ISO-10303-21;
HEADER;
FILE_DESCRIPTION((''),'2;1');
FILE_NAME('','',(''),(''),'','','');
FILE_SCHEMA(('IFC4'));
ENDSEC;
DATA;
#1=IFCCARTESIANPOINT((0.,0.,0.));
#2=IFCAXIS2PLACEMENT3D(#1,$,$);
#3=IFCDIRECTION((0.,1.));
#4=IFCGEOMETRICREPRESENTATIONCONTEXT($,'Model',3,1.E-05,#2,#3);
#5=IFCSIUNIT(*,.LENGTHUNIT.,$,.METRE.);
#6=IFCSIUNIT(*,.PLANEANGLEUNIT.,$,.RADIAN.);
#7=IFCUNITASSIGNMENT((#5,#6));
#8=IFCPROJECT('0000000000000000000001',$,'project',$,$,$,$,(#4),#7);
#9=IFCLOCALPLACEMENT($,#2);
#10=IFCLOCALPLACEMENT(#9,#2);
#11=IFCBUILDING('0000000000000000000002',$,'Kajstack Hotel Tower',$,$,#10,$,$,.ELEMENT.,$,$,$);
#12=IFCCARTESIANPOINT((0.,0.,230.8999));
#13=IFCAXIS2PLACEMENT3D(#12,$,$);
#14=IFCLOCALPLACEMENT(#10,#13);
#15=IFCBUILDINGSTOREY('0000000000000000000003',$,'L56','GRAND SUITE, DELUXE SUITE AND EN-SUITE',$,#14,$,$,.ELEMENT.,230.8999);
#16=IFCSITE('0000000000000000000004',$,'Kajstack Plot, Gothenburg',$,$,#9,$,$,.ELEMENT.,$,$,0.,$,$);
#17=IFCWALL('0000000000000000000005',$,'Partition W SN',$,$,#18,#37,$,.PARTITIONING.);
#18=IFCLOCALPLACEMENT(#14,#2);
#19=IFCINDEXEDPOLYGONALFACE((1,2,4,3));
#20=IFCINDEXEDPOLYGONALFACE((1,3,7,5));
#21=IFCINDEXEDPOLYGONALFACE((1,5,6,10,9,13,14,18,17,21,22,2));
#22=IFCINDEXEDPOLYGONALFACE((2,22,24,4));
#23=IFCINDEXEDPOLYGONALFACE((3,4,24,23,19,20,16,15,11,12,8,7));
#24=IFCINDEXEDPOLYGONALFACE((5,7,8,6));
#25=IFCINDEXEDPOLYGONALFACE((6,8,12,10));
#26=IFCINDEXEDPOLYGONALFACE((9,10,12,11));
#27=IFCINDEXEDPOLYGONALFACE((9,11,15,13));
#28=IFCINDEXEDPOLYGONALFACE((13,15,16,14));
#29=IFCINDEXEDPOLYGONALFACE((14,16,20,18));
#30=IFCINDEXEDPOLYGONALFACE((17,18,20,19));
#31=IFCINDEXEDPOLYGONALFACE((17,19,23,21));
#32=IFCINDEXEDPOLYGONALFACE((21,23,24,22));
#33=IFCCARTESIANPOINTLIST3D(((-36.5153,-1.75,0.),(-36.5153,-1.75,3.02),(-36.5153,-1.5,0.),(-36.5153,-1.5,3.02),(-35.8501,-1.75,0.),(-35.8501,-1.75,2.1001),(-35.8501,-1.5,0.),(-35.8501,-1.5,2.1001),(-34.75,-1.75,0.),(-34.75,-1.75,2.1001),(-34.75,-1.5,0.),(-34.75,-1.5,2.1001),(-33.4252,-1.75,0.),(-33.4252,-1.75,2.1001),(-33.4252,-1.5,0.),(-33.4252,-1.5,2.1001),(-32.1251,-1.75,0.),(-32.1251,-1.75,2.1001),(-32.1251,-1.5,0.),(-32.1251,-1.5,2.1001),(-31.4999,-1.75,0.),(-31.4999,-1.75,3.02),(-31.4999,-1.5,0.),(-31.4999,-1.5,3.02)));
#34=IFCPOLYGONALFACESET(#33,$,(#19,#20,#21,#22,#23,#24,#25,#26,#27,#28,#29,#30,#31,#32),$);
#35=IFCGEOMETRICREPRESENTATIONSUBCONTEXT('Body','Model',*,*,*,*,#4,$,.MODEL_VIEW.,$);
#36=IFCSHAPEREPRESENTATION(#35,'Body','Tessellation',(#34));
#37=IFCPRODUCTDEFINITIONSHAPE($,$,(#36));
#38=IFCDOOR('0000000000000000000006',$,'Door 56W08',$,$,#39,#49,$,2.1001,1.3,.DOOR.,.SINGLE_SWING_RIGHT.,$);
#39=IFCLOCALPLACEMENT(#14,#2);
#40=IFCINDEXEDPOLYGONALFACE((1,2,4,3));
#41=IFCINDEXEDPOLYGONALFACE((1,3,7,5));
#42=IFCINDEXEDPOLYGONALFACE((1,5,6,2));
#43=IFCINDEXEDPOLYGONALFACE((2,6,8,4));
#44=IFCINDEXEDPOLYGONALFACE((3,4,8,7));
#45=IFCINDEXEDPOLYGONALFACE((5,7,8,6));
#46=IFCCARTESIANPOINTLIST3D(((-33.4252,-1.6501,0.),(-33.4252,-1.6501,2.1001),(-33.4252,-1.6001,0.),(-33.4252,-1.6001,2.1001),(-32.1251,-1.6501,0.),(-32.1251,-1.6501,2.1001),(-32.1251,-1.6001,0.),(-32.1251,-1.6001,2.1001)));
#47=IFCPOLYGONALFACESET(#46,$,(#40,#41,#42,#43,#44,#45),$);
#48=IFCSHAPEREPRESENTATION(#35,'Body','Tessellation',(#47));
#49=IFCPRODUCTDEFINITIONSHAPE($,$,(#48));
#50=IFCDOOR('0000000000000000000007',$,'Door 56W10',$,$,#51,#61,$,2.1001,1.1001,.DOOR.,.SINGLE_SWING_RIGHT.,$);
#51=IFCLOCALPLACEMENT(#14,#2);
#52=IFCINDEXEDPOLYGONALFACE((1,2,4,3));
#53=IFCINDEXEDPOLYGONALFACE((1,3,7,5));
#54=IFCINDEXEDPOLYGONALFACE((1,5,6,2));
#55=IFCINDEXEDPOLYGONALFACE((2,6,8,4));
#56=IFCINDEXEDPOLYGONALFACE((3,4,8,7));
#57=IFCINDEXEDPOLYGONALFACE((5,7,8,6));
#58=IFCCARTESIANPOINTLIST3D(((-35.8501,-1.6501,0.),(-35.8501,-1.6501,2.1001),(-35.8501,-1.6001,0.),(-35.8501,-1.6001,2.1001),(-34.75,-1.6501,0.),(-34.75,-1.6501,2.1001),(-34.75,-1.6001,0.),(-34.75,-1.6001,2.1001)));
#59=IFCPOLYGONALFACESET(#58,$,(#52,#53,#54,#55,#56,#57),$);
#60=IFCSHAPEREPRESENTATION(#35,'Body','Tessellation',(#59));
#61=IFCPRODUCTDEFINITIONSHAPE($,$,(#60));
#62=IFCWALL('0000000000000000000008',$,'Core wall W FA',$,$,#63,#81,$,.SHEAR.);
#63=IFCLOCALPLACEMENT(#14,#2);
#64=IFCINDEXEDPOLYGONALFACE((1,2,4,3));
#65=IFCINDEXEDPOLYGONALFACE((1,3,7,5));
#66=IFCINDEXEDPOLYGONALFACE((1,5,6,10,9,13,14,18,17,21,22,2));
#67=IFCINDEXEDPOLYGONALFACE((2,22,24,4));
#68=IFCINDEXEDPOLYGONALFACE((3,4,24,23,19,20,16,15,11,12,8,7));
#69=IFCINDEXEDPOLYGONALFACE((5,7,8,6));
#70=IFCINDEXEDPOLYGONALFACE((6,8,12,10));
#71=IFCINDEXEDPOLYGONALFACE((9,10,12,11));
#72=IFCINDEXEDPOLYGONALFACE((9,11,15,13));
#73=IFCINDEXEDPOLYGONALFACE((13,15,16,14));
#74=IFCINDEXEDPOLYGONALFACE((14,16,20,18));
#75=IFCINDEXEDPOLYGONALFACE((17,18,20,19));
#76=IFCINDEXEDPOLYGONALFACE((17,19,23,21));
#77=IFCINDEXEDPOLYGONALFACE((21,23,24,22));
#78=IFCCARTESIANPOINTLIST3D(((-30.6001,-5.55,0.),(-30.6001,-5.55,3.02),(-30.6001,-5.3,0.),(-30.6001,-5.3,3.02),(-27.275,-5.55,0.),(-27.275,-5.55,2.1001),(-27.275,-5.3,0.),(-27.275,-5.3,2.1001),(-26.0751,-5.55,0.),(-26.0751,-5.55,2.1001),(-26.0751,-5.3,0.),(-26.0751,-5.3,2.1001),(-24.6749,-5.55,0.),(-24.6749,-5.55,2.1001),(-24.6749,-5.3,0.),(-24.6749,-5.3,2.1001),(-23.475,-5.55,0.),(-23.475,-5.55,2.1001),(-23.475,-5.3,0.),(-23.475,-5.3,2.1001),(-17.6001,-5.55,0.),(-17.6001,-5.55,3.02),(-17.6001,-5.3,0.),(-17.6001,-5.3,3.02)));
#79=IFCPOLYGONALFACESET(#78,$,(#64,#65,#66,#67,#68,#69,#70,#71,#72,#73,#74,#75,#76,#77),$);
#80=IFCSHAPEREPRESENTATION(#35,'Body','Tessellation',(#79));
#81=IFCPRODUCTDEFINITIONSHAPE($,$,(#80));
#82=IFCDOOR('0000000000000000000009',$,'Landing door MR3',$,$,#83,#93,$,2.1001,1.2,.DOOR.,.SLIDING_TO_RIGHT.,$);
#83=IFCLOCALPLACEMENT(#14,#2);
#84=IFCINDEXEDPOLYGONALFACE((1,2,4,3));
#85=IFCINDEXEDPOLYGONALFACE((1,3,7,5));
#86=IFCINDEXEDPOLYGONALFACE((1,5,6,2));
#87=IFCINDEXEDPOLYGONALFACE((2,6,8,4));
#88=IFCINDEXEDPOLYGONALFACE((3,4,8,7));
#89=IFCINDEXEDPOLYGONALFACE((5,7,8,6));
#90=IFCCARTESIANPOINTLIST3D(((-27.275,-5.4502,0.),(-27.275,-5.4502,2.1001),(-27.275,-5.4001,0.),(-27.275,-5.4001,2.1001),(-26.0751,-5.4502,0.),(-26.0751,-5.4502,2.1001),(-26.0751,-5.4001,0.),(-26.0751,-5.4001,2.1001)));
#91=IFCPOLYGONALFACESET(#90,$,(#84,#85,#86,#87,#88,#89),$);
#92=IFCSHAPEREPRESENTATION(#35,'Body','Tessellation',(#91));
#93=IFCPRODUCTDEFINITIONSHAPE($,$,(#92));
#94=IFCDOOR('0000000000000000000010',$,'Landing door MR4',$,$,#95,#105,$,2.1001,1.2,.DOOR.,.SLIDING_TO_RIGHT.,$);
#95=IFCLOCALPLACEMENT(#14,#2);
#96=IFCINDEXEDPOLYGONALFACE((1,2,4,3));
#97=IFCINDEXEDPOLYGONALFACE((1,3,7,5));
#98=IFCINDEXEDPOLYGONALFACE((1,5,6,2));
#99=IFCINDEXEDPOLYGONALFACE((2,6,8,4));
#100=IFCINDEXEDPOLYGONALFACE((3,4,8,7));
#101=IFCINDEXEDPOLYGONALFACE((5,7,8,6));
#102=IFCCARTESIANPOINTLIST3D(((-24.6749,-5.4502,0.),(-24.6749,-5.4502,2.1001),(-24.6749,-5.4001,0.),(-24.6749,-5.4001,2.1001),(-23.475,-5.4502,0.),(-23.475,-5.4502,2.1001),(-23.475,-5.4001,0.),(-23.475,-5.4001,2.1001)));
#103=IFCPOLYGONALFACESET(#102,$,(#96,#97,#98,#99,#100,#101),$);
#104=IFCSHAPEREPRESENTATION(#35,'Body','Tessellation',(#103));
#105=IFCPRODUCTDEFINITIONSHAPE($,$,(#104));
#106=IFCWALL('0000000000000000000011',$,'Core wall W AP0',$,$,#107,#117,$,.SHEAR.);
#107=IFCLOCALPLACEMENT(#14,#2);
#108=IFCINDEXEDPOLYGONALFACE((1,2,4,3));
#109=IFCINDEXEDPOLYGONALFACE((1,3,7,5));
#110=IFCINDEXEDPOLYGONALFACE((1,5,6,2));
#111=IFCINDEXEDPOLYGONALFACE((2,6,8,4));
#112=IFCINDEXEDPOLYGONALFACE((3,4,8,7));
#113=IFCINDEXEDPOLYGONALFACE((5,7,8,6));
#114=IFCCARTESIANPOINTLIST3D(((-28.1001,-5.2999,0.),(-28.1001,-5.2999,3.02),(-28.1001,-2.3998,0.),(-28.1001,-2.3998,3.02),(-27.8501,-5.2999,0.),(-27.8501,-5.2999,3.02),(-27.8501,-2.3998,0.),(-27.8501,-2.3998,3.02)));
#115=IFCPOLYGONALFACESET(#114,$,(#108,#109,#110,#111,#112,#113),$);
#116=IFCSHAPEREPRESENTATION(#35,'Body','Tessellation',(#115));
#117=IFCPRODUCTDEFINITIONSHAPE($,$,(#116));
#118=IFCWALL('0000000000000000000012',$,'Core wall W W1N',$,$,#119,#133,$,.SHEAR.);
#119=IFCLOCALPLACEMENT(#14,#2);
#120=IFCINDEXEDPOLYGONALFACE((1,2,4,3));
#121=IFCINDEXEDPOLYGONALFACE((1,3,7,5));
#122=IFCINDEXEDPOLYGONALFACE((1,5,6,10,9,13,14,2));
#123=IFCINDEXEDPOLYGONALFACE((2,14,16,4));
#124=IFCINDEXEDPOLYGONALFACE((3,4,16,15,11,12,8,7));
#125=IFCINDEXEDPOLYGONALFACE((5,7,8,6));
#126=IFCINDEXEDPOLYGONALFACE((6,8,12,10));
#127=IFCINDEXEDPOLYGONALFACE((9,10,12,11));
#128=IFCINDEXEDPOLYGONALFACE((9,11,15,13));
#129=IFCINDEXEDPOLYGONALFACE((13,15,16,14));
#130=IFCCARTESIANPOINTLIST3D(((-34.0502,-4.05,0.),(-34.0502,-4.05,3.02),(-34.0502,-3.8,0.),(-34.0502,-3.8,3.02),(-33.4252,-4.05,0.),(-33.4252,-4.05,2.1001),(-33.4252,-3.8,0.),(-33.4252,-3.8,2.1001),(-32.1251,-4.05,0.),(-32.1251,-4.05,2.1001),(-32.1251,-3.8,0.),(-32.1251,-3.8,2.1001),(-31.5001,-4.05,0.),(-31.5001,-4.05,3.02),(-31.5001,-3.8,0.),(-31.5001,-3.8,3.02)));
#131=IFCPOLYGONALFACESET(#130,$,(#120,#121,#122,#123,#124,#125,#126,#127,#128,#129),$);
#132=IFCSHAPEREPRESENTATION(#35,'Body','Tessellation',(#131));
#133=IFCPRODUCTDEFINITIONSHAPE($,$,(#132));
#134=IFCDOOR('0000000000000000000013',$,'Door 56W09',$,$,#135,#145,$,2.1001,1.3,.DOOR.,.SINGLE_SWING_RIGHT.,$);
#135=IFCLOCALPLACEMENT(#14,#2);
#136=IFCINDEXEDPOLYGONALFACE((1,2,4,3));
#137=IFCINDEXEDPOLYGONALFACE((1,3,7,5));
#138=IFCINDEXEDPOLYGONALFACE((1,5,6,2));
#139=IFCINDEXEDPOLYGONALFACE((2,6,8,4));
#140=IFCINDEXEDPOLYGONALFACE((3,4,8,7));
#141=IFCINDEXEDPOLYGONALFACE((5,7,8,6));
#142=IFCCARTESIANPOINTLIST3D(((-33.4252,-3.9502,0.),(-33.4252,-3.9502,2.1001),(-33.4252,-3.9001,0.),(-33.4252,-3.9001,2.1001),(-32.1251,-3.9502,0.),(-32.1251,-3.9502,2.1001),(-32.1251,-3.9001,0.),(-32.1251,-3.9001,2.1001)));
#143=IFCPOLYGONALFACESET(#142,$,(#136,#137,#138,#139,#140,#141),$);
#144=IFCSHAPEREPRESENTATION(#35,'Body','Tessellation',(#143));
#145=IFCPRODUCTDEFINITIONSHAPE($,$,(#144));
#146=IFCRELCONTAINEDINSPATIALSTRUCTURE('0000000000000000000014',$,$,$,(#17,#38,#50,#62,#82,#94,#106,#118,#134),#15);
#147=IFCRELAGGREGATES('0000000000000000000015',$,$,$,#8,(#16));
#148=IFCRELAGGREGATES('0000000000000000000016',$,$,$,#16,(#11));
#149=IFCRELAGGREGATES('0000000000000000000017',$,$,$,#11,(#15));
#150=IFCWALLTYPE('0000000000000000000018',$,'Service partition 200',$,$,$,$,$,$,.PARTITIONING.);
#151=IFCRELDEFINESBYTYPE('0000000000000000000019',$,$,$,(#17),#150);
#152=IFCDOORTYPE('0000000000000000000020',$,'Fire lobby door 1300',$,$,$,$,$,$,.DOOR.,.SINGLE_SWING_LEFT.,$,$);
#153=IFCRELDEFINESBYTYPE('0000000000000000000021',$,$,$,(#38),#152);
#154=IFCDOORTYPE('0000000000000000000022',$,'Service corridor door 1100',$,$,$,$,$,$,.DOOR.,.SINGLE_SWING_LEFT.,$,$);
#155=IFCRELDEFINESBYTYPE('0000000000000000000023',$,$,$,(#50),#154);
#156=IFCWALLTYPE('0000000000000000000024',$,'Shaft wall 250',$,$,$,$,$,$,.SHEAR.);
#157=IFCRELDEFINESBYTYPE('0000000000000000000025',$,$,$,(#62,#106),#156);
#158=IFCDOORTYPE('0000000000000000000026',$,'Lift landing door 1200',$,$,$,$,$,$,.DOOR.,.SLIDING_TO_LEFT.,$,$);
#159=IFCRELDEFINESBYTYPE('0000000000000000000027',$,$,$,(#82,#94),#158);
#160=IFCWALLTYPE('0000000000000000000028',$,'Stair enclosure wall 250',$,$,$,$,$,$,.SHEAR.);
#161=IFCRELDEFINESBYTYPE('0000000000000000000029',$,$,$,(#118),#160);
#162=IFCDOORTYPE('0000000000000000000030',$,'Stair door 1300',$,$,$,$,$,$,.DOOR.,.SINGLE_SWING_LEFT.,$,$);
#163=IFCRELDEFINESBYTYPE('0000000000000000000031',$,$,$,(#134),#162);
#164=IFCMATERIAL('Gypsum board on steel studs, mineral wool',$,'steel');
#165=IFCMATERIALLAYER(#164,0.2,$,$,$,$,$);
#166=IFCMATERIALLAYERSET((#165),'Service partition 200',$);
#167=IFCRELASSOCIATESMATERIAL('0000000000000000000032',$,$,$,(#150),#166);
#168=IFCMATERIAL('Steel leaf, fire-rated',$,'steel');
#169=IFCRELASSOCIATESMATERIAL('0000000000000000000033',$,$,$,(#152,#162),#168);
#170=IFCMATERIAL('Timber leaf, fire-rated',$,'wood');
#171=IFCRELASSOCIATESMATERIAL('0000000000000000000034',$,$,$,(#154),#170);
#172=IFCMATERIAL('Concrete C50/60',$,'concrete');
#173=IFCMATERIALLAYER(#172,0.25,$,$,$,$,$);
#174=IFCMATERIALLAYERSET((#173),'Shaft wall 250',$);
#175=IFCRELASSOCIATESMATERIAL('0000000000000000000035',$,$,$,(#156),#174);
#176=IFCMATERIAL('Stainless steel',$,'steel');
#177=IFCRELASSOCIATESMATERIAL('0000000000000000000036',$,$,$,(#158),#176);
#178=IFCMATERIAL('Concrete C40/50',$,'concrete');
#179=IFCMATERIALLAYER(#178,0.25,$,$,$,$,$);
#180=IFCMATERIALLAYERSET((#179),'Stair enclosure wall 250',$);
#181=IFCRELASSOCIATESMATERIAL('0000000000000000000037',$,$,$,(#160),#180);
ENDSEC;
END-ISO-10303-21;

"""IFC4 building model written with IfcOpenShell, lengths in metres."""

from ifc_helpers import new_model, si_unit, direction, frame, frame_2d, origin, place, context, subcontext, project, spatial, rectangle, extrude, material, layer, layer_set, type_object, element, fill, save


model = new_model("IFC4")

# Units and contexts
model_context = context("Model", 3, precision=1e-05, world=origin(), true_north=direction((0.0, 1.0)))
body_context = subcontext(model_context, "Body", "Model", "MODEL_VIEW")
ifc_project = project(units=[si_unit("LENGTHUNIT", "METRE"), si_unit("PLANEANGLEUNIT", "RADIAN")], contexts=[model_context])

# Site, building, storey
site_placement = place(None, origin())
site = spatial("IfcSite", under=ifc_project, at=site_placement, Name="Kajstack Plot, Gothenburg", CompositionType="ELEMENT", RefElevation=0.0)
building_placement = place(site_placement, origin())
building = spatial("IfcBuilding", under=site, at=building_placement, Name="Kajstack Hotel Tower", CompositionType="ELEMENT")
storey_placement = place(building_placement, frame((0.0, 0.0, 230.8999)))
storey = spatial("IfcBuildingStorey", under=building, at=storey_placement, Name="L56", Description="GRAND SUITE, DELUXE SUITE AND EN-SUITE", CompositionType="ELEMENT", Elevation=230.8999)

# Shared definitions
ifc_material_1 = material(Name="Gypsum board on steel studs, mineral wool", Category="steel")

# Shared definitions
ifc_material_2 = material(Name="Concrete C50/60", Category="concrete")

# Walls, openings, doors
ifc_layer_1 = layer(ifc_material_1, 0.2)
ifc_layer_set_1 = layer_set([ifc_layer_1], Name="Service partition 200")
wall_type_1 = type_object("IfcWallType", Name="Service partition 200", PredefinedType="PARTITIONING", material=ifc_layer_set_1)
wall_1_placement = place(storey_placement, frame((-36.5154, -1.625, 0.0), z_axis=(0.0, 0.0, 1.0), x_axis=(1.0, 0.0, 0.0)))
wall_1 = element("IfcWall", 1, at=wall_1_placement, inside=storey, type_object=wall_type_1, Name="Partition W SN", PredefinedType="PARTITIONING", context=body_context, shape_type="SweptSolid", body=[
    extrude(rectangle(XDim=5.0154, YDim=0.25, at=frame_2d((2.5078, 0.0))), origin(), (0.0, 0.0, 1.0), 3.02),
])
opening_1_placement = place(wall_1_placement, frame((3.0903, 0.0, 0.0)))
opening_1 = element("IfcOpeningElement", 2, at=opening_1_placement, cuts=wall_1, PredefinedType="OPENING", context=body_context, shape_type="SweptSolid", body=[
    extrude(rectangle(XDim=1.3, YDim=2.1001, at=frame_2d((0.6499, 1.05))), frame((0.0, 0.135, 0.0), z_axis=(0.0, -1.0, 0.0), x_axis=(1.0, 0.0, 0.0)), (0.0, 0.0, 1.0), 0.27),
])
opening_2_placement = place(wall_1_placement, frame((0.6653, 0.0, 0.0)))
opening_2 = element("IfcOpeningElement", 3, at=opening_2_placement, cuts=wall_1, PredefinedType="OPENING", context=body_context, shape_type="SweptSolid", body=[
    extrude(rectangle(XDim=1.1001, YDim=2.1001, at=frame_2d((0.55, 1.05))), frame((0.0, 0.135, 0.0), z_axis=(0.0, -1.0, 0.0), x_axis=(1.0, 0.0, 0.0)), (0.0, 0.0, 1.0), 0.27),
])
ifc_material_3 = material(Name="Steel leaf, fire-rated", Category="steel")
door_type_1 = type_object("IfcDoorType", Name="Fire lobby door 1300", OperationType="SINGLE_SWING_LEFT", PredefinedType="DOOR", material=ifc_material_3)
door_1_placement = place(opening_1_placement, origin())
door_1 = element("IfcDoor", 4, at=door_1_placement, inside=storey, type_object=door_type_1, Name="Door 56W08", OperationType="SINGLE_SWING_RIGHT", OverallHeight=2.1001, OverallWidth=1.3, PredefinedType="DOOR", context=body_context, shape_type="SweptSolid", body=[
    extrude(rectangle(XDim=1.3, YDim=2.1001, at=frame_2d((0.6499, 1.05))), frame((0.0, 0.0249, 0.0), z_axis=(0.0, -1.0, 0.0), x_axis=(1.0, 0.0, 0.0)), (0.0, 0.0, 1.0), 0.05),
])
fill(opening_1, door_1)
ifc_material_4 = material(Name="Timber leaf, fire-rated", Category="wood")
door_type_2 = type_object("IfcDoorType", Name="Service corridor door 1100", OperationType="SINGLE_SWING_LEFT", PredefinedType="DOOR", material=ifc_material_4)
door_2_placement = place(opening_2_placement, origin())
door_2 = element("IfcDoor", 5, at=door_2_placement, inside=storey, type_object=door_type_2, Name="Door 56W10", OperationType="SINGLE_SWING_RIGHT", OverallHeight=2.1001, OverallWidth=1.1001, PredefinedType="DOOR", context=body_context, shape_type="SweptSolid", body=[
    extrude(rectangle(XDim=1.1001, YDim=2.1001, at=frame_2d((0.55, 1.05))), frame((0.0, 0.0249, 0.0), z_axis=(0.0, -1.0, 0.0), x_axis=(1.0, 0.0, 0.0)), (0.0, 0.0, 1.0), 0.05),
])
fill(opening_2, door_2)
ifc_layer_2 = layer(ifc_material_2, 0.25)
ifc_layer_set_2 = layer_set([ifc_layer_2], Name="Shaft wall 250")
wall_type_2 = type_object("IfcWallType", Name="Shaft wall 250", PredefinedType="SHEAR", material=ifc_layer_set_2)
wall_2_placement = place(storey_placement, frame((-30.6001, -5.425, 0.0), z_axis=(0.0, 0.0, 1.0), x_axis=(1.0, 0.0, 0.0)))
wall_2 = element("IfcWall", 6, at=wall_2_placement, inside=storey, type_object=wall_type_2, Name="Core wall W FA", PredefinedType="SHEAR", context=body_context, shape_type="SweptSolid", body=[
    extrude(rectangle(XDim=13.0, YDim=0.25, at=frame_2d((6.5, 0.0))), origin(), (0.0, 0.0, 1.0), 3.02),
])
opening_3_placement = place(wall_2_placement, frame((3.325, 0.0, 0.0)))
opening_3 = element("IfcOpeningElement", 7, at=opening_3_placement, cuts=wall_2, PredefinedType="OPENING", context=body_context, shape_type="SweptSolid", body=[
    extrude(rectangle(XDim=1.2, YDim=2.1001, at=frame_2d((0.6001, 1.05))), frame((0.0, 0.135, 0.0), z_axis=(0.0, -1.0, 0.0), x_axis=(1.0, 0.0, 0.0)), (0.0, 0.0, 1.0), 0.27),
])
opening_4_placement = place(wall_2_placement, frame((5.925, 0.0, 0.0)))
opening_4 = element("IfcOpeningElement", 8, at=opening_4_placement, cuts=wall_2, PredefinedType="OPENING", context=body_context, shape_type="SweptSolid", body=[
    extrude(rectangle(XDim=1.2, YDim=2.1001, at=frame_2d((0.6001, 1.05))), frame((0.0, 0.135, 0.0), z_axis=(0.0, -1.0, 0.0), x_axis=(1.0, 0.0, 0.0)), (0.0, 0.0, 1.0), 0.27),
])
ifc_material_5 = material(Name="Stainless steel", Category="steel")
door_type_3 = type_object("IfcDoorType", Name="Lift landing door 1200", OperationType="SLIDING_TO_LEFT", PredefinedType="DOOR", material=ifc_material_5)
door_3_placement = place(opening_3_placement, origin())
door_3 = element("IfcDoor", 9, at=door_3_placement, inside=storey, type_object=door_type_3, Name="Landing door MR3", OperationType="SLIDING_TO_RIGHT", OverallHeight=2.1001, OverallWidth=1.2, PredefinedType="DOOR", context=body_context, shape_type="SweptSolid", body=[
    extrude(rectangle(XDim=1.2, YDim=2.1001, at=frame_2d((0.6001, 1.05))), frame((0.0, 0.0249, 0.0), z_axis=(0.0, -1.0, 0.0), x_axis=(1.0, 0.0, 0.0)), (0.0, 0.0, 1.0), 0.05),
])
fill(opening_3, door_3)
door_4_placement = place(opening_4_placement, origin())
door_4 = element("IfcDoor", 10, at=door_4_placement, inside=storey, type_object=door_type_3, Name="Landing door MR4", OperationType="SLIDING_TO_RIGHT", OverallHeight=2.1001, OverallWidth=1.2, PredefinedType="DOOR", context=body_context, shape_type="SweptSolid", body=[
    extrude(rectangle(XDim=1.2, YDim=2.1001, at=frame_2d((0.6001, 1.05))), frame((0.0, 0.0249, 0.0), z_axis=(0.0, -1.0, 0.0), x_axis=(1.0, 0.0, 0.0)), (0.0, 0.0, 1.0), 0.05),
])
fill(opening_4, door_4)

# Wall
wall_3_placement = place(storey_placement, frame((-27.9751, -5.3, 0.0), z_axis=(0.0, 0.0, 1.0), x_axis=(0.0, 1.0, 0.0)))
element("IfcWall", 11, at=wall_3_placement, inside=storey, type_object=wall_type_2, Name="Core wall W AP0", PredefinedType="SHEAR", context=body_context, shape_type="SweptSolid", body=[
    extrude(rectangle(XDim=2.9001, YDim=0.25, at=frame_2d((1.4502, 0.0))), origin(), (0.0, 0.0, 1.0), 3.02),
])

# Wall, opening, door
ifc_material_6 = material(Name="Concrete C40/50", Category="concrete")
ifc_layer_3 = layer(ifc_material_6, 0.25)
ifc_layer_set_3 = layer_set([ifc_layer_3], Name="Stair enclosure wall 250")
wall_type_3 = type_object("IfcWallType", Name="Stair enclosure wall 250", PredefinedType="SHEAR", material=ifc_layer_set_3)
wall_4_placement = place(storey_placement, frame((-34.05, -3.925, 0.0), z_axis=(0.0, 0.0, 1.0), x_axis=(1.0, 0.0, 0.0)))
wall_4 = element("IfcWall", 12, at=wall_4_placement, inside=storey, type_object=wall_type_3, Name="Core wall W W1N", PredefinedType="SHEAR", context=body_context, shape_type="SweptSolid", body=[
    extrude(rectangle(XDim=2.55, YDim=0.25, at=frame_2d((1.2749, 0.0))), origin(), (0.0, 0.0, 1.0), 3.02),
])
opening_5_placement = place(wall_4_placement, frame((0.625, 0.0, 0.0)))
opening_5 = element("IfcOpeningElement", 13, at=opening_5_placement, cuts=wall_4, PredefinedType="OPENING", context=body_context, shape_type="SweptSolid", body=[
    extrude(rectangle(XDim=1.3, YDim=2.1001, at=frame_2d((0.6499, 1.05))), frame((0.0, 0.135, 0.0), z_axis=(0.0, -1.0, 0.0), x_axis=(1.0, 0.0, 0.0)), (0.0, 0.0, 1.0), 0.27),
])
door_type_4 = type_object("IfcDoorType", Name="Stair door 1300", OperationType="SINGLE_SWING_LEFT", PredefinedType="DOOR", material=ifc_material_3)
door_5_placement = place(opening_5_placement, origin())
door_5 = element("IfcDoor", 14, at=door_5_placement, inside=storey, type_object=door_type_4, Name="Door 56W09", OperationType="SINGLE_SWING_RIGHT", OverallHeight=2.1001, OverallWidth=1.3, PredefinedType="DOOR", context=body_context, shape_type="SweptSolid", body=[
    extrude(rectangle(XDim=1.3, YDim=2.1001, at=frame_2d((0.6499, 1.05))), frame((0.0, 0.0249, 0.0), z_axis=(0.0, -1.0, 0.0), x_axis=(1.0, 0.0, 0.0)), (0.0, 0.0, 1.0), 0.05),
])
fill(opening_5, door_5)

save(model, "model.ifc")
